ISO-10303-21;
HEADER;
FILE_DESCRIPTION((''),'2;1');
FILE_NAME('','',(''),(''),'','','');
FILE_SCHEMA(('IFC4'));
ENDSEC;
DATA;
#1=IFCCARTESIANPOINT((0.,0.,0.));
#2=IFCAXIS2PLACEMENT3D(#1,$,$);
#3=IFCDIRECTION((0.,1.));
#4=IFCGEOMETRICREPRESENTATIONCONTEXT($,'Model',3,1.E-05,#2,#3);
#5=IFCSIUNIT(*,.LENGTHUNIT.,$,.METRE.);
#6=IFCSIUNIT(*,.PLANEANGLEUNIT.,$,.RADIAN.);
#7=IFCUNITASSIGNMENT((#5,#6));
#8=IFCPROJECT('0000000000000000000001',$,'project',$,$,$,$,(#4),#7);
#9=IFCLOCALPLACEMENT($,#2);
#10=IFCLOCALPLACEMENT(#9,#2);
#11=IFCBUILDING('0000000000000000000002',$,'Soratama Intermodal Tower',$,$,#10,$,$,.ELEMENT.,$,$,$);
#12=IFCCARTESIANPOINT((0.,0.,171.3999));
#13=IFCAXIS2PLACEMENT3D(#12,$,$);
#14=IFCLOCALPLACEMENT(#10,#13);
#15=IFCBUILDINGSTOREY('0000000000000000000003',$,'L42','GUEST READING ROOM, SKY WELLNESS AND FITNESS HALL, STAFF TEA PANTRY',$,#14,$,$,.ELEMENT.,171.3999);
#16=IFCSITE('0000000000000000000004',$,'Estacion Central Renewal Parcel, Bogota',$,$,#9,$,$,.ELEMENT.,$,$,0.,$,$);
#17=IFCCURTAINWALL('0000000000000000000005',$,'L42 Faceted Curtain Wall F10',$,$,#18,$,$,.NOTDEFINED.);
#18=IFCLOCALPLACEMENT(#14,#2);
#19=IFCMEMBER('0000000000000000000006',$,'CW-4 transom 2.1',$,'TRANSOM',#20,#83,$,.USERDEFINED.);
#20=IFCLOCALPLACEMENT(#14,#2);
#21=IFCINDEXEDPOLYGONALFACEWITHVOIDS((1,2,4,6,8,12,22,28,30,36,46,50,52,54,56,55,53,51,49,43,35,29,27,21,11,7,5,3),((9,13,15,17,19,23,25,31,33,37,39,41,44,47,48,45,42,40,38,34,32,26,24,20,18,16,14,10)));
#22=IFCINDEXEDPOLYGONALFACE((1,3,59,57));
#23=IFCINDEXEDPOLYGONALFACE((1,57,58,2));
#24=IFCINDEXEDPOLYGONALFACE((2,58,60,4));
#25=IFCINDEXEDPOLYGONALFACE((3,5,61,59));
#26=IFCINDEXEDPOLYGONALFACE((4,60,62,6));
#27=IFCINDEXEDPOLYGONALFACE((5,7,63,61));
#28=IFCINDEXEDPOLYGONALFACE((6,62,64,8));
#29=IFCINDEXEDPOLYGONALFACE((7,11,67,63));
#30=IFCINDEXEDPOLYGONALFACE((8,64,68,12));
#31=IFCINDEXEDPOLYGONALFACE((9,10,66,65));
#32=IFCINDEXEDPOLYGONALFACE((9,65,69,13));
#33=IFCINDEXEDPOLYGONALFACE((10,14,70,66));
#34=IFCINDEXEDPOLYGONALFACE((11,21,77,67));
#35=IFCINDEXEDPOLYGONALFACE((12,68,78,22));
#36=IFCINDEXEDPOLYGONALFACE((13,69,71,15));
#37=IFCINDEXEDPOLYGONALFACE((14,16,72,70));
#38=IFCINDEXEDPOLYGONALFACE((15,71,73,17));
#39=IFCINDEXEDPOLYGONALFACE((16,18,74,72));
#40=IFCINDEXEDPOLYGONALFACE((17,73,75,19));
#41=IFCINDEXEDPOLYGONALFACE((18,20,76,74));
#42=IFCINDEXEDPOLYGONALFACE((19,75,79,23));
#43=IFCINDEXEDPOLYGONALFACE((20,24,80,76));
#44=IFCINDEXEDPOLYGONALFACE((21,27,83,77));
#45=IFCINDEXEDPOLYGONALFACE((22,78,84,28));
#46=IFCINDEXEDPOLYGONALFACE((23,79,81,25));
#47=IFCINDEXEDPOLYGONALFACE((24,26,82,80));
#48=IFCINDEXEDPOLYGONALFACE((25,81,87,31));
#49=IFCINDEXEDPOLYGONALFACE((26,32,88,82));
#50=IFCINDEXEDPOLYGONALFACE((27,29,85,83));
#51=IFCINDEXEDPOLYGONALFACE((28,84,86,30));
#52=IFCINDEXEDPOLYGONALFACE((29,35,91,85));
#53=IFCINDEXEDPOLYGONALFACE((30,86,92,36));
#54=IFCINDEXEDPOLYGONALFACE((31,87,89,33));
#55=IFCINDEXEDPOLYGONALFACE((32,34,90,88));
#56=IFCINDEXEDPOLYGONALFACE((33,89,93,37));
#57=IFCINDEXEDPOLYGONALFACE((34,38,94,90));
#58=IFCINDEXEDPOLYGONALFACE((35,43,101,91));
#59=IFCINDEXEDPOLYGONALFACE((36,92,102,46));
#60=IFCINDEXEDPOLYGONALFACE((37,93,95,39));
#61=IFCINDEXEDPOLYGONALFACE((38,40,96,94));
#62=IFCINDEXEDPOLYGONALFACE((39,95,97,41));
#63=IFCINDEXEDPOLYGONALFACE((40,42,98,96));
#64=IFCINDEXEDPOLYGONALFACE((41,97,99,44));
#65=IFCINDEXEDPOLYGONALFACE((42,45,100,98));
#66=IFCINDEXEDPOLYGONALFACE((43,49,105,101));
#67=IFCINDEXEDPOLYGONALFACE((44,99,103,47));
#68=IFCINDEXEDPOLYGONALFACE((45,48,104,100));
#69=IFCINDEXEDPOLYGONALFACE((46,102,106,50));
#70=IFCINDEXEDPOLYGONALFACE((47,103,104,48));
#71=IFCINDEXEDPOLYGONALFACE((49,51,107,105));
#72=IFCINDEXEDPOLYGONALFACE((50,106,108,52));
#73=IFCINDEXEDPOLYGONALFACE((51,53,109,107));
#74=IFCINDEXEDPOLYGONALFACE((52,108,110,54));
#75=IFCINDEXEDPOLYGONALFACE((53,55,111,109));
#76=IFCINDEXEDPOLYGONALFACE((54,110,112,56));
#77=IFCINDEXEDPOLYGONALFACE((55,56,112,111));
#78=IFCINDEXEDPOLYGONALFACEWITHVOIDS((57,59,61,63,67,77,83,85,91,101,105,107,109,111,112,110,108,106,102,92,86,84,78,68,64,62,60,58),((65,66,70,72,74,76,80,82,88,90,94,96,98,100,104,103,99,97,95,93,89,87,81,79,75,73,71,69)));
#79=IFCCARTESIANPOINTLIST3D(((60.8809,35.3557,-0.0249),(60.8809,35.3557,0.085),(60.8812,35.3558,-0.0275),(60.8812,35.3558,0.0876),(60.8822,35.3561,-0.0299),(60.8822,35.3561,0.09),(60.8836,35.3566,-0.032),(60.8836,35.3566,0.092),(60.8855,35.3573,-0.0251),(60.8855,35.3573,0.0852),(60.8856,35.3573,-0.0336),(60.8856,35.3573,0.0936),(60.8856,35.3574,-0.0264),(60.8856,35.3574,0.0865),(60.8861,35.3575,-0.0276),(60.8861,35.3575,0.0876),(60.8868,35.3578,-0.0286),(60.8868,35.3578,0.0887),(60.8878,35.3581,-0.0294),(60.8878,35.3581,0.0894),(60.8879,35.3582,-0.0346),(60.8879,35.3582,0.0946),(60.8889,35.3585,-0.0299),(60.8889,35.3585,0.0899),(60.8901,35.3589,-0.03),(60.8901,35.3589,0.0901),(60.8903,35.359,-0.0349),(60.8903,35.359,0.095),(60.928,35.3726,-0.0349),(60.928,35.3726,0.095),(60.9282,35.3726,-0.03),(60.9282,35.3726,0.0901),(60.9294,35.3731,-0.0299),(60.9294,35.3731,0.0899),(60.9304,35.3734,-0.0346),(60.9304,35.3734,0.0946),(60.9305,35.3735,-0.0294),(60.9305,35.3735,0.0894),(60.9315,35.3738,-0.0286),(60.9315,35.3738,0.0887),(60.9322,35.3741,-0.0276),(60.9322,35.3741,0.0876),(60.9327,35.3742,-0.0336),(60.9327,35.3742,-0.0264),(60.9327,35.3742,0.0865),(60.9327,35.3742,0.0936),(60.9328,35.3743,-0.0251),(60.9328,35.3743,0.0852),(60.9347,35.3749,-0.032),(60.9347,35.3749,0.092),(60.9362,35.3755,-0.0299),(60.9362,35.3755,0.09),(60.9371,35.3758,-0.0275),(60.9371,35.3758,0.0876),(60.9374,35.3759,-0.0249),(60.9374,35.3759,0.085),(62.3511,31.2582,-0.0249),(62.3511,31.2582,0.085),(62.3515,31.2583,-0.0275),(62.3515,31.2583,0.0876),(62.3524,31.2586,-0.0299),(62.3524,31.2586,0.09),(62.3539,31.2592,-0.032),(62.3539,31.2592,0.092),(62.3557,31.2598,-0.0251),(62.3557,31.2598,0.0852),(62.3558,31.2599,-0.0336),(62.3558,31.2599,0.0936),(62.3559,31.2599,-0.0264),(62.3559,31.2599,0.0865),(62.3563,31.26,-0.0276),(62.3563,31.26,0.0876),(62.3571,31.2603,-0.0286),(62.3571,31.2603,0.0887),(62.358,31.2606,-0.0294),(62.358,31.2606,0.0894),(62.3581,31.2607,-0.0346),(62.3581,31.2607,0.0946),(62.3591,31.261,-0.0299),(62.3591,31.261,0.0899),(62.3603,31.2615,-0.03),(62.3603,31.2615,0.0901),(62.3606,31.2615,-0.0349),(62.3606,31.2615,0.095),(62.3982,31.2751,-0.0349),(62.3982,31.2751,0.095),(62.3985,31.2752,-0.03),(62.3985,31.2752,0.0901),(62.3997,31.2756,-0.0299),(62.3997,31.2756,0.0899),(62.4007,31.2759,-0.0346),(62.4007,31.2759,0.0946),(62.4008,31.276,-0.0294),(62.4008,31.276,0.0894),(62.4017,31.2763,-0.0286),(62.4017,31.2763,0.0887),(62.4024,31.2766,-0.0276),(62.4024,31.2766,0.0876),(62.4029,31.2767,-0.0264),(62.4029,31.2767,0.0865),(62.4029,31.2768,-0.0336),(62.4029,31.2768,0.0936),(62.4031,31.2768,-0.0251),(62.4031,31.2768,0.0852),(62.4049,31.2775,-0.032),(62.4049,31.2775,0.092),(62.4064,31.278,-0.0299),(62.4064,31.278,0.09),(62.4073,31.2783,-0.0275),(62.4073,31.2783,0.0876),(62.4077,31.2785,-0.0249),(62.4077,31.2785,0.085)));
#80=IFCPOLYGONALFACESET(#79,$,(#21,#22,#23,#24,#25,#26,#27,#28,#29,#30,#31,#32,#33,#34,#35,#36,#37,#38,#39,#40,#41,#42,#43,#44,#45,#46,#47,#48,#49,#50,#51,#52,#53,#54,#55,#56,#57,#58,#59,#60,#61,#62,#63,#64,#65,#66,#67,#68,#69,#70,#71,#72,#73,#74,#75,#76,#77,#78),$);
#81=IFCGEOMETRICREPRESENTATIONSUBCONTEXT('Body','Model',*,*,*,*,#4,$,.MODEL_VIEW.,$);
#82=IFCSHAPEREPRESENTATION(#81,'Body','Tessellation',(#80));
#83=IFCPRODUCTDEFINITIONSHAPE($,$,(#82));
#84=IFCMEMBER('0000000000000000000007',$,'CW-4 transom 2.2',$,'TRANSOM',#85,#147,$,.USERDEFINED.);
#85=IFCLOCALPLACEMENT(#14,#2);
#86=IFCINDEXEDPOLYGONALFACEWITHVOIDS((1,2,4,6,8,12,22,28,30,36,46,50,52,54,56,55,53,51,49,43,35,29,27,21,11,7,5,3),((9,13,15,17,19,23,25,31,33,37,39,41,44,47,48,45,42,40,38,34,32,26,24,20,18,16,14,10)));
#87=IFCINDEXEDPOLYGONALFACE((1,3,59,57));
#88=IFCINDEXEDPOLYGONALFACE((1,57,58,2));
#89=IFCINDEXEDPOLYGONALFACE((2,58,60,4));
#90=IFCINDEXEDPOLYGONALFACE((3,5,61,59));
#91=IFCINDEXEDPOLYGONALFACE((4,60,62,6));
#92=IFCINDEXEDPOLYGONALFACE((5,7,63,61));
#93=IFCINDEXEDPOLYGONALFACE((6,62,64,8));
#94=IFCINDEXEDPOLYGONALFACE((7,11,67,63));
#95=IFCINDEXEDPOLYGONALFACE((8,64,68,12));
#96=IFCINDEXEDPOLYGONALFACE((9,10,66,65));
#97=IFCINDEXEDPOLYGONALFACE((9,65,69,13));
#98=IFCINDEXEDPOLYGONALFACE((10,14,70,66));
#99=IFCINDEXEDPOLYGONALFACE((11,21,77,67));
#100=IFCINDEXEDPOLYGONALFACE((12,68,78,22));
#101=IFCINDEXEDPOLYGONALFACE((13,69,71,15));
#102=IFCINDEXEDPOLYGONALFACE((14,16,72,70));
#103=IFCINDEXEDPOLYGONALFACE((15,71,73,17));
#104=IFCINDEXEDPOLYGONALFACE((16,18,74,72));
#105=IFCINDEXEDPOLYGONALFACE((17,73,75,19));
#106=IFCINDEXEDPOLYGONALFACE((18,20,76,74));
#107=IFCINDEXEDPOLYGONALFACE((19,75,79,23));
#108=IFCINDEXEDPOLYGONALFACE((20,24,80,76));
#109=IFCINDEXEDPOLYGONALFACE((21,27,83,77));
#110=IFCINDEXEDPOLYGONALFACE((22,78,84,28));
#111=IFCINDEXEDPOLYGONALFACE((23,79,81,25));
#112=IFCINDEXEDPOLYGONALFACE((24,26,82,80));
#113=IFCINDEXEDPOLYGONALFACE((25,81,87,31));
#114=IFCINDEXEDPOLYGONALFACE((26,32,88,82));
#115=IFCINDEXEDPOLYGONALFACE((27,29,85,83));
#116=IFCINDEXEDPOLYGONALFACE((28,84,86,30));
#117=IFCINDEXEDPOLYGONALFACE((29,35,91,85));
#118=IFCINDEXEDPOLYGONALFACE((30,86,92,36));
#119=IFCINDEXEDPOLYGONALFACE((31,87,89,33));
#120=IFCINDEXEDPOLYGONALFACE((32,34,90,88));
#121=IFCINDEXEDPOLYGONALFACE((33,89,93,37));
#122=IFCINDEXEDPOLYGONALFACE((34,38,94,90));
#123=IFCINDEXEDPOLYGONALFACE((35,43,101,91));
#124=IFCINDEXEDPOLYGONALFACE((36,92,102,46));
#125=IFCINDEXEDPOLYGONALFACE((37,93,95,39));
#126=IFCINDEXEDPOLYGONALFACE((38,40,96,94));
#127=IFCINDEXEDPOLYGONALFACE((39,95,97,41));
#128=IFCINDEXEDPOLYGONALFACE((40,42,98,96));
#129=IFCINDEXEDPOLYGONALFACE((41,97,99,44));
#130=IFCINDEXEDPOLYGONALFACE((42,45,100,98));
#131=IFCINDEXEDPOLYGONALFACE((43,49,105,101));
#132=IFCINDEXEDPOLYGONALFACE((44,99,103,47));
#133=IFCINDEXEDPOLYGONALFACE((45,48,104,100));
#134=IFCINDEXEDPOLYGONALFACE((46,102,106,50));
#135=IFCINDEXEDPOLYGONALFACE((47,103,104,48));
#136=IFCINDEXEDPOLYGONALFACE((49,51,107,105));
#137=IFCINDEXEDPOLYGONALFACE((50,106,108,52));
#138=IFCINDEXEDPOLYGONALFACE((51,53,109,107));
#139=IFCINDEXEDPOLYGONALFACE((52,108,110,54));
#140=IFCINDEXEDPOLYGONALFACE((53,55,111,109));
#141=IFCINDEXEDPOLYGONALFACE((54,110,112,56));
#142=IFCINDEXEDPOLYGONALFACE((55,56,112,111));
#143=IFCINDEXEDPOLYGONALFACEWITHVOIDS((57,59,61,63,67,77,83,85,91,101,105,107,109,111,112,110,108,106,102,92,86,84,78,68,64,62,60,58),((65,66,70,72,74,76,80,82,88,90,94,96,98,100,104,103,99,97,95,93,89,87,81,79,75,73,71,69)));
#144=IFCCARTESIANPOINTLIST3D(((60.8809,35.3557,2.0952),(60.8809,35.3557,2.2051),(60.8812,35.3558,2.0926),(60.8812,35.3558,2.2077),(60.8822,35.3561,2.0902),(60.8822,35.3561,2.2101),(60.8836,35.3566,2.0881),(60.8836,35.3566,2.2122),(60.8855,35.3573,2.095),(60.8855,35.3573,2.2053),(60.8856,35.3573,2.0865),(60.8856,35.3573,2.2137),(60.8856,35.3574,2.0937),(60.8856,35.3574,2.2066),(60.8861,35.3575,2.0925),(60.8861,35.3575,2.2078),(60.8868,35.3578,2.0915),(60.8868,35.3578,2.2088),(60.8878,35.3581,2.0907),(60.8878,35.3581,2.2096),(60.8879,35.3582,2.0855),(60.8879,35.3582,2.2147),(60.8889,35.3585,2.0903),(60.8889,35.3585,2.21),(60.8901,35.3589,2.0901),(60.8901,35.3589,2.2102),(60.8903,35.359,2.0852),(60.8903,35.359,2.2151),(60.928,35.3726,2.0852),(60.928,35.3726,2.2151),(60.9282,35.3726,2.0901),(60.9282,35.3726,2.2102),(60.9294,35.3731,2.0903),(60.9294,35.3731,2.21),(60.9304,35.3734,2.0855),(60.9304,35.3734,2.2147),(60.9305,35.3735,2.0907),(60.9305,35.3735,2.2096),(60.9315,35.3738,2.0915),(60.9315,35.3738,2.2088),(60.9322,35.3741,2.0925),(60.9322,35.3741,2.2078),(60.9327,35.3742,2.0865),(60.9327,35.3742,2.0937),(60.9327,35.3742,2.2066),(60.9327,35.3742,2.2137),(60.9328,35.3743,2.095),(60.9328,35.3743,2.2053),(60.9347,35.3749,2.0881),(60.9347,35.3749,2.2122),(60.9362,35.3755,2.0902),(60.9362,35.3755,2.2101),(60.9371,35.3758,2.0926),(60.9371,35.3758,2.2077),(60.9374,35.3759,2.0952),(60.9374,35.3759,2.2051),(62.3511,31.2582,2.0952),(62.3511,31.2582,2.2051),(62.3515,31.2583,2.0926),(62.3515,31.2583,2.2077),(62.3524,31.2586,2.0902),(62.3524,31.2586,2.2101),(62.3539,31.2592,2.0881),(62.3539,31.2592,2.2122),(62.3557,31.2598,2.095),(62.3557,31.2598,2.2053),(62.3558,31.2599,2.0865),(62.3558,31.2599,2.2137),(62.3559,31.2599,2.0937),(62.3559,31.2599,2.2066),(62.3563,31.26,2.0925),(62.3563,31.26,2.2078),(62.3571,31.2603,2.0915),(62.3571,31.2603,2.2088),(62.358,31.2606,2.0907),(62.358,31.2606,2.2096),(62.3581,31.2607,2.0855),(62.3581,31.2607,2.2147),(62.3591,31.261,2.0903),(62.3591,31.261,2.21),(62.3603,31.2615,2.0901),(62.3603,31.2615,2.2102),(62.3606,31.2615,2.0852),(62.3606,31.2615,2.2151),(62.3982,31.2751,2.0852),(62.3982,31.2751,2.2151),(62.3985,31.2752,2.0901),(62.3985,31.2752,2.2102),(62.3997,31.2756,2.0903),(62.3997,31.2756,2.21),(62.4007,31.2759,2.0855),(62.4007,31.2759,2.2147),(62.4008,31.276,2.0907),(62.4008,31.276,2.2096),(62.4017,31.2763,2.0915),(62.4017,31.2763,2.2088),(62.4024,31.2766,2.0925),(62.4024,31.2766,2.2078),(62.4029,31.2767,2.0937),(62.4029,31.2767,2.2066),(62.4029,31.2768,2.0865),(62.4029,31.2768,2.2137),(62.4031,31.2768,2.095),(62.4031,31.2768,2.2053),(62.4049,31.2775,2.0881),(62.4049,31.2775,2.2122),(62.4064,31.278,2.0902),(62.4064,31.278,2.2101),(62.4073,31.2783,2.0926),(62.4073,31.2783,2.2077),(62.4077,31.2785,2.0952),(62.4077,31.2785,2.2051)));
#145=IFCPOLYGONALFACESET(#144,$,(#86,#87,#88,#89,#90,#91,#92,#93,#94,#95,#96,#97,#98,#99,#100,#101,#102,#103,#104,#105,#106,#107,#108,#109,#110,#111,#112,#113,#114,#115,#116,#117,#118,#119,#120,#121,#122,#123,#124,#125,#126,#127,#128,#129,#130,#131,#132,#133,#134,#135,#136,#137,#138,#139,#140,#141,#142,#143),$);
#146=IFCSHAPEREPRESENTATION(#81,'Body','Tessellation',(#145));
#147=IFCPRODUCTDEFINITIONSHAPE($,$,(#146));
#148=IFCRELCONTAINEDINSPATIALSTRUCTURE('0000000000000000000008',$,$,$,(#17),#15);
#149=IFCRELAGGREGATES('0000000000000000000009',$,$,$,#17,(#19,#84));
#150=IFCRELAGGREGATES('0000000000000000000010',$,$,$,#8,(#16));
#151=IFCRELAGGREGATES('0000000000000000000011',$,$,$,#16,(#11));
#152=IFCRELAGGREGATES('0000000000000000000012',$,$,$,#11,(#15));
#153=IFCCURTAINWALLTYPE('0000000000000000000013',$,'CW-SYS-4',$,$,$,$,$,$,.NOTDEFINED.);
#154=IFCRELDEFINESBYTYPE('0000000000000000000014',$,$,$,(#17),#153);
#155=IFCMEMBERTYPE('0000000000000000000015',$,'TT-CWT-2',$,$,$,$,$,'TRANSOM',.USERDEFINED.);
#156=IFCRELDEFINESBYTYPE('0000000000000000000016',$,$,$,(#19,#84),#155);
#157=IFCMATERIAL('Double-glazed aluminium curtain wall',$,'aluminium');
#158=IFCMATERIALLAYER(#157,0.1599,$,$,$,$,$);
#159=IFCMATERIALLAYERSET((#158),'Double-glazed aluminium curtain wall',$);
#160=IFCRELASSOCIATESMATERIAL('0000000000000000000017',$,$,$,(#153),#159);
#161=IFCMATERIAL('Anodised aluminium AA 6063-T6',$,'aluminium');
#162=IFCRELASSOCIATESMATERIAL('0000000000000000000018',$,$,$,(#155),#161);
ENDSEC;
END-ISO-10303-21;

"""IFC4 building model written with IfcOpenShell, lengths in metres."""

from ifc_helpers import new_model, si_unit, direction, frame, origin, origin_2d, place, context, subcontext, project, spatial, hollow_rectangle, extrude, material, layer, layer_set, material_profile, profile_set, type_object, element, aggregate, save


model = new_model("IFC4")

# Units and contexts
model_context = context("Model", 3, precision=1e-05, world=origin(), true_north=direction((0.0, 1.0)))
body_context = subcontext(model_context, "Body", "Model", "MODEL_VIEW")
ifc_project = project(units=[si_unit("LENGTHUNIT", "METRE"), si_unit("PLANEANGLEUNIT", "RADIAN")], contexts=[model_context])

# Site, building, storey
site_placement = place(None, origin())
site = spatial("IfcSite", under=ifc_project, at=site_placement, Name="Estacion Central Renewal Parcel, Bogota", CompositionType="ELEMENT", RefElevation=0.0)
building_placement = place(site_placement, origin())
building = spatial("IfcBuilding", under=site, at=building_placement, Name="Soratama Intermodal Tower", CompositionType="ELEMENT")
storey_placement = place(building_placement, frame((0.0, 0.0, 171.3999)))
storey = spatial("IfcBuildingStorey", under=building, at=storey_placement, Name="L42", Description="GUEST READING ROOM, SKY WELLNESS AND FITNESS HALL, STAFF TEA PANTRY", CompositionType="ELEMENT", Elevation=171.3999)

# Shared definitions
ifc_material_1 = material(Name="Double-glazed aluminium curtain wall", Category="aluminium")
ifc_layer_1 = layer(ifc_material_1, 0.1599)
ifc_layer_set_1 = layer_set([ifc_layer_1], Name="Double-glazed aluminium curtain wall")
curtain_wall_type = type_object("IfcCurtainWallType", Name="CW-SYS-4", PredefinedType="NOTDEFINED", material=ifc_layer_set_1)

# Curtain wall
curtain_wall_1_placement = place(storey_placement, origin())
curtain_wall_1 = element("IfcCurtainWall", 1, at=curtain_wall_1_placement, inside=storey, type_object=curtain_wall_type, Name="L42 Faceted Curtain Wall F10", PredefinedType="NOTDEFINED")

# Members
ifc_material_2 = material(Name="Anodised aluminium AA 6063-T6", Category="aluminium")
ifc_material_profile_1 = material_profile(ifc_material_2, hollow_rectangle(XDim=0.0601, YDim=0.1299, WallThickness=0.0049, InnerFilletRadius=0.0049, OuterFilletRadius=0.01, at=origin_2d()), Name="CWT130X60X5")
ifc_profile_set_1 = profile_set([ifc_material_profile_1], Name="Anodised aluminium AA 6063-T6")
member_type_1 = type_object("IfcMemberType", Name="TT-CWT-2", ElementType="TRANSOM", PredefinedType="USERDEFINED", material=ifc_profile_set_1)
member_1_placement = place(storey_placement, frame((62.3794, 31.2683, 0.03), z_axis=(-0.337732, 0.941242, 0.0), x_axis=(-0.941242, -0.337732, 0.0)))
member_1 = element("IfcMember", 2, at=member_1_placement, type_object=member_type_1, Name="CW-4 transom 2.1", ObjectType="TRANSOM", PredefinedType="USERDEFINED", context=body_context, shape_type="SweptSolid", body=[
    extrude(hollow_rectangle(XDim=0.0601, YDim=0.1299, WallThickness=0.0049, InnerFilletRadius=0.0049, OuterFilletRadius=0.01, at=origin_2d()), origin(), (0.0, 0.0, 1.0), 4.3533),
])
member_2_placement = place(storey_placement, frame((62.3794, 31.2683, 2.1501), z_axis=(-0.337732, 0.941242, 0.0), x_axis=(-0.941242, -0.337732, 0.0)))
member_2 = element("IfcMember", 3, at=member_2_placement, type_object=member_type_1, Name="CW-4 transom 2.2", ObjectType="TRANSOM", PredefinedType="USERDEFINED", context=body_context, shape_type="SweptSolid", body=[
    extrude(hollow_rectangle(XDim=0.0601, YDim=0.1299, WallThickness=0.0049, InnerFilletRadius=0.0049, OuterFilletRadius=0.01, at=origin_2d()), origin(), (0.0, 0.0, 1.0), 4.3533),
])

aggregate(curtain_wall_1, [member_1, member_2])

save(model, "model.ifc")
